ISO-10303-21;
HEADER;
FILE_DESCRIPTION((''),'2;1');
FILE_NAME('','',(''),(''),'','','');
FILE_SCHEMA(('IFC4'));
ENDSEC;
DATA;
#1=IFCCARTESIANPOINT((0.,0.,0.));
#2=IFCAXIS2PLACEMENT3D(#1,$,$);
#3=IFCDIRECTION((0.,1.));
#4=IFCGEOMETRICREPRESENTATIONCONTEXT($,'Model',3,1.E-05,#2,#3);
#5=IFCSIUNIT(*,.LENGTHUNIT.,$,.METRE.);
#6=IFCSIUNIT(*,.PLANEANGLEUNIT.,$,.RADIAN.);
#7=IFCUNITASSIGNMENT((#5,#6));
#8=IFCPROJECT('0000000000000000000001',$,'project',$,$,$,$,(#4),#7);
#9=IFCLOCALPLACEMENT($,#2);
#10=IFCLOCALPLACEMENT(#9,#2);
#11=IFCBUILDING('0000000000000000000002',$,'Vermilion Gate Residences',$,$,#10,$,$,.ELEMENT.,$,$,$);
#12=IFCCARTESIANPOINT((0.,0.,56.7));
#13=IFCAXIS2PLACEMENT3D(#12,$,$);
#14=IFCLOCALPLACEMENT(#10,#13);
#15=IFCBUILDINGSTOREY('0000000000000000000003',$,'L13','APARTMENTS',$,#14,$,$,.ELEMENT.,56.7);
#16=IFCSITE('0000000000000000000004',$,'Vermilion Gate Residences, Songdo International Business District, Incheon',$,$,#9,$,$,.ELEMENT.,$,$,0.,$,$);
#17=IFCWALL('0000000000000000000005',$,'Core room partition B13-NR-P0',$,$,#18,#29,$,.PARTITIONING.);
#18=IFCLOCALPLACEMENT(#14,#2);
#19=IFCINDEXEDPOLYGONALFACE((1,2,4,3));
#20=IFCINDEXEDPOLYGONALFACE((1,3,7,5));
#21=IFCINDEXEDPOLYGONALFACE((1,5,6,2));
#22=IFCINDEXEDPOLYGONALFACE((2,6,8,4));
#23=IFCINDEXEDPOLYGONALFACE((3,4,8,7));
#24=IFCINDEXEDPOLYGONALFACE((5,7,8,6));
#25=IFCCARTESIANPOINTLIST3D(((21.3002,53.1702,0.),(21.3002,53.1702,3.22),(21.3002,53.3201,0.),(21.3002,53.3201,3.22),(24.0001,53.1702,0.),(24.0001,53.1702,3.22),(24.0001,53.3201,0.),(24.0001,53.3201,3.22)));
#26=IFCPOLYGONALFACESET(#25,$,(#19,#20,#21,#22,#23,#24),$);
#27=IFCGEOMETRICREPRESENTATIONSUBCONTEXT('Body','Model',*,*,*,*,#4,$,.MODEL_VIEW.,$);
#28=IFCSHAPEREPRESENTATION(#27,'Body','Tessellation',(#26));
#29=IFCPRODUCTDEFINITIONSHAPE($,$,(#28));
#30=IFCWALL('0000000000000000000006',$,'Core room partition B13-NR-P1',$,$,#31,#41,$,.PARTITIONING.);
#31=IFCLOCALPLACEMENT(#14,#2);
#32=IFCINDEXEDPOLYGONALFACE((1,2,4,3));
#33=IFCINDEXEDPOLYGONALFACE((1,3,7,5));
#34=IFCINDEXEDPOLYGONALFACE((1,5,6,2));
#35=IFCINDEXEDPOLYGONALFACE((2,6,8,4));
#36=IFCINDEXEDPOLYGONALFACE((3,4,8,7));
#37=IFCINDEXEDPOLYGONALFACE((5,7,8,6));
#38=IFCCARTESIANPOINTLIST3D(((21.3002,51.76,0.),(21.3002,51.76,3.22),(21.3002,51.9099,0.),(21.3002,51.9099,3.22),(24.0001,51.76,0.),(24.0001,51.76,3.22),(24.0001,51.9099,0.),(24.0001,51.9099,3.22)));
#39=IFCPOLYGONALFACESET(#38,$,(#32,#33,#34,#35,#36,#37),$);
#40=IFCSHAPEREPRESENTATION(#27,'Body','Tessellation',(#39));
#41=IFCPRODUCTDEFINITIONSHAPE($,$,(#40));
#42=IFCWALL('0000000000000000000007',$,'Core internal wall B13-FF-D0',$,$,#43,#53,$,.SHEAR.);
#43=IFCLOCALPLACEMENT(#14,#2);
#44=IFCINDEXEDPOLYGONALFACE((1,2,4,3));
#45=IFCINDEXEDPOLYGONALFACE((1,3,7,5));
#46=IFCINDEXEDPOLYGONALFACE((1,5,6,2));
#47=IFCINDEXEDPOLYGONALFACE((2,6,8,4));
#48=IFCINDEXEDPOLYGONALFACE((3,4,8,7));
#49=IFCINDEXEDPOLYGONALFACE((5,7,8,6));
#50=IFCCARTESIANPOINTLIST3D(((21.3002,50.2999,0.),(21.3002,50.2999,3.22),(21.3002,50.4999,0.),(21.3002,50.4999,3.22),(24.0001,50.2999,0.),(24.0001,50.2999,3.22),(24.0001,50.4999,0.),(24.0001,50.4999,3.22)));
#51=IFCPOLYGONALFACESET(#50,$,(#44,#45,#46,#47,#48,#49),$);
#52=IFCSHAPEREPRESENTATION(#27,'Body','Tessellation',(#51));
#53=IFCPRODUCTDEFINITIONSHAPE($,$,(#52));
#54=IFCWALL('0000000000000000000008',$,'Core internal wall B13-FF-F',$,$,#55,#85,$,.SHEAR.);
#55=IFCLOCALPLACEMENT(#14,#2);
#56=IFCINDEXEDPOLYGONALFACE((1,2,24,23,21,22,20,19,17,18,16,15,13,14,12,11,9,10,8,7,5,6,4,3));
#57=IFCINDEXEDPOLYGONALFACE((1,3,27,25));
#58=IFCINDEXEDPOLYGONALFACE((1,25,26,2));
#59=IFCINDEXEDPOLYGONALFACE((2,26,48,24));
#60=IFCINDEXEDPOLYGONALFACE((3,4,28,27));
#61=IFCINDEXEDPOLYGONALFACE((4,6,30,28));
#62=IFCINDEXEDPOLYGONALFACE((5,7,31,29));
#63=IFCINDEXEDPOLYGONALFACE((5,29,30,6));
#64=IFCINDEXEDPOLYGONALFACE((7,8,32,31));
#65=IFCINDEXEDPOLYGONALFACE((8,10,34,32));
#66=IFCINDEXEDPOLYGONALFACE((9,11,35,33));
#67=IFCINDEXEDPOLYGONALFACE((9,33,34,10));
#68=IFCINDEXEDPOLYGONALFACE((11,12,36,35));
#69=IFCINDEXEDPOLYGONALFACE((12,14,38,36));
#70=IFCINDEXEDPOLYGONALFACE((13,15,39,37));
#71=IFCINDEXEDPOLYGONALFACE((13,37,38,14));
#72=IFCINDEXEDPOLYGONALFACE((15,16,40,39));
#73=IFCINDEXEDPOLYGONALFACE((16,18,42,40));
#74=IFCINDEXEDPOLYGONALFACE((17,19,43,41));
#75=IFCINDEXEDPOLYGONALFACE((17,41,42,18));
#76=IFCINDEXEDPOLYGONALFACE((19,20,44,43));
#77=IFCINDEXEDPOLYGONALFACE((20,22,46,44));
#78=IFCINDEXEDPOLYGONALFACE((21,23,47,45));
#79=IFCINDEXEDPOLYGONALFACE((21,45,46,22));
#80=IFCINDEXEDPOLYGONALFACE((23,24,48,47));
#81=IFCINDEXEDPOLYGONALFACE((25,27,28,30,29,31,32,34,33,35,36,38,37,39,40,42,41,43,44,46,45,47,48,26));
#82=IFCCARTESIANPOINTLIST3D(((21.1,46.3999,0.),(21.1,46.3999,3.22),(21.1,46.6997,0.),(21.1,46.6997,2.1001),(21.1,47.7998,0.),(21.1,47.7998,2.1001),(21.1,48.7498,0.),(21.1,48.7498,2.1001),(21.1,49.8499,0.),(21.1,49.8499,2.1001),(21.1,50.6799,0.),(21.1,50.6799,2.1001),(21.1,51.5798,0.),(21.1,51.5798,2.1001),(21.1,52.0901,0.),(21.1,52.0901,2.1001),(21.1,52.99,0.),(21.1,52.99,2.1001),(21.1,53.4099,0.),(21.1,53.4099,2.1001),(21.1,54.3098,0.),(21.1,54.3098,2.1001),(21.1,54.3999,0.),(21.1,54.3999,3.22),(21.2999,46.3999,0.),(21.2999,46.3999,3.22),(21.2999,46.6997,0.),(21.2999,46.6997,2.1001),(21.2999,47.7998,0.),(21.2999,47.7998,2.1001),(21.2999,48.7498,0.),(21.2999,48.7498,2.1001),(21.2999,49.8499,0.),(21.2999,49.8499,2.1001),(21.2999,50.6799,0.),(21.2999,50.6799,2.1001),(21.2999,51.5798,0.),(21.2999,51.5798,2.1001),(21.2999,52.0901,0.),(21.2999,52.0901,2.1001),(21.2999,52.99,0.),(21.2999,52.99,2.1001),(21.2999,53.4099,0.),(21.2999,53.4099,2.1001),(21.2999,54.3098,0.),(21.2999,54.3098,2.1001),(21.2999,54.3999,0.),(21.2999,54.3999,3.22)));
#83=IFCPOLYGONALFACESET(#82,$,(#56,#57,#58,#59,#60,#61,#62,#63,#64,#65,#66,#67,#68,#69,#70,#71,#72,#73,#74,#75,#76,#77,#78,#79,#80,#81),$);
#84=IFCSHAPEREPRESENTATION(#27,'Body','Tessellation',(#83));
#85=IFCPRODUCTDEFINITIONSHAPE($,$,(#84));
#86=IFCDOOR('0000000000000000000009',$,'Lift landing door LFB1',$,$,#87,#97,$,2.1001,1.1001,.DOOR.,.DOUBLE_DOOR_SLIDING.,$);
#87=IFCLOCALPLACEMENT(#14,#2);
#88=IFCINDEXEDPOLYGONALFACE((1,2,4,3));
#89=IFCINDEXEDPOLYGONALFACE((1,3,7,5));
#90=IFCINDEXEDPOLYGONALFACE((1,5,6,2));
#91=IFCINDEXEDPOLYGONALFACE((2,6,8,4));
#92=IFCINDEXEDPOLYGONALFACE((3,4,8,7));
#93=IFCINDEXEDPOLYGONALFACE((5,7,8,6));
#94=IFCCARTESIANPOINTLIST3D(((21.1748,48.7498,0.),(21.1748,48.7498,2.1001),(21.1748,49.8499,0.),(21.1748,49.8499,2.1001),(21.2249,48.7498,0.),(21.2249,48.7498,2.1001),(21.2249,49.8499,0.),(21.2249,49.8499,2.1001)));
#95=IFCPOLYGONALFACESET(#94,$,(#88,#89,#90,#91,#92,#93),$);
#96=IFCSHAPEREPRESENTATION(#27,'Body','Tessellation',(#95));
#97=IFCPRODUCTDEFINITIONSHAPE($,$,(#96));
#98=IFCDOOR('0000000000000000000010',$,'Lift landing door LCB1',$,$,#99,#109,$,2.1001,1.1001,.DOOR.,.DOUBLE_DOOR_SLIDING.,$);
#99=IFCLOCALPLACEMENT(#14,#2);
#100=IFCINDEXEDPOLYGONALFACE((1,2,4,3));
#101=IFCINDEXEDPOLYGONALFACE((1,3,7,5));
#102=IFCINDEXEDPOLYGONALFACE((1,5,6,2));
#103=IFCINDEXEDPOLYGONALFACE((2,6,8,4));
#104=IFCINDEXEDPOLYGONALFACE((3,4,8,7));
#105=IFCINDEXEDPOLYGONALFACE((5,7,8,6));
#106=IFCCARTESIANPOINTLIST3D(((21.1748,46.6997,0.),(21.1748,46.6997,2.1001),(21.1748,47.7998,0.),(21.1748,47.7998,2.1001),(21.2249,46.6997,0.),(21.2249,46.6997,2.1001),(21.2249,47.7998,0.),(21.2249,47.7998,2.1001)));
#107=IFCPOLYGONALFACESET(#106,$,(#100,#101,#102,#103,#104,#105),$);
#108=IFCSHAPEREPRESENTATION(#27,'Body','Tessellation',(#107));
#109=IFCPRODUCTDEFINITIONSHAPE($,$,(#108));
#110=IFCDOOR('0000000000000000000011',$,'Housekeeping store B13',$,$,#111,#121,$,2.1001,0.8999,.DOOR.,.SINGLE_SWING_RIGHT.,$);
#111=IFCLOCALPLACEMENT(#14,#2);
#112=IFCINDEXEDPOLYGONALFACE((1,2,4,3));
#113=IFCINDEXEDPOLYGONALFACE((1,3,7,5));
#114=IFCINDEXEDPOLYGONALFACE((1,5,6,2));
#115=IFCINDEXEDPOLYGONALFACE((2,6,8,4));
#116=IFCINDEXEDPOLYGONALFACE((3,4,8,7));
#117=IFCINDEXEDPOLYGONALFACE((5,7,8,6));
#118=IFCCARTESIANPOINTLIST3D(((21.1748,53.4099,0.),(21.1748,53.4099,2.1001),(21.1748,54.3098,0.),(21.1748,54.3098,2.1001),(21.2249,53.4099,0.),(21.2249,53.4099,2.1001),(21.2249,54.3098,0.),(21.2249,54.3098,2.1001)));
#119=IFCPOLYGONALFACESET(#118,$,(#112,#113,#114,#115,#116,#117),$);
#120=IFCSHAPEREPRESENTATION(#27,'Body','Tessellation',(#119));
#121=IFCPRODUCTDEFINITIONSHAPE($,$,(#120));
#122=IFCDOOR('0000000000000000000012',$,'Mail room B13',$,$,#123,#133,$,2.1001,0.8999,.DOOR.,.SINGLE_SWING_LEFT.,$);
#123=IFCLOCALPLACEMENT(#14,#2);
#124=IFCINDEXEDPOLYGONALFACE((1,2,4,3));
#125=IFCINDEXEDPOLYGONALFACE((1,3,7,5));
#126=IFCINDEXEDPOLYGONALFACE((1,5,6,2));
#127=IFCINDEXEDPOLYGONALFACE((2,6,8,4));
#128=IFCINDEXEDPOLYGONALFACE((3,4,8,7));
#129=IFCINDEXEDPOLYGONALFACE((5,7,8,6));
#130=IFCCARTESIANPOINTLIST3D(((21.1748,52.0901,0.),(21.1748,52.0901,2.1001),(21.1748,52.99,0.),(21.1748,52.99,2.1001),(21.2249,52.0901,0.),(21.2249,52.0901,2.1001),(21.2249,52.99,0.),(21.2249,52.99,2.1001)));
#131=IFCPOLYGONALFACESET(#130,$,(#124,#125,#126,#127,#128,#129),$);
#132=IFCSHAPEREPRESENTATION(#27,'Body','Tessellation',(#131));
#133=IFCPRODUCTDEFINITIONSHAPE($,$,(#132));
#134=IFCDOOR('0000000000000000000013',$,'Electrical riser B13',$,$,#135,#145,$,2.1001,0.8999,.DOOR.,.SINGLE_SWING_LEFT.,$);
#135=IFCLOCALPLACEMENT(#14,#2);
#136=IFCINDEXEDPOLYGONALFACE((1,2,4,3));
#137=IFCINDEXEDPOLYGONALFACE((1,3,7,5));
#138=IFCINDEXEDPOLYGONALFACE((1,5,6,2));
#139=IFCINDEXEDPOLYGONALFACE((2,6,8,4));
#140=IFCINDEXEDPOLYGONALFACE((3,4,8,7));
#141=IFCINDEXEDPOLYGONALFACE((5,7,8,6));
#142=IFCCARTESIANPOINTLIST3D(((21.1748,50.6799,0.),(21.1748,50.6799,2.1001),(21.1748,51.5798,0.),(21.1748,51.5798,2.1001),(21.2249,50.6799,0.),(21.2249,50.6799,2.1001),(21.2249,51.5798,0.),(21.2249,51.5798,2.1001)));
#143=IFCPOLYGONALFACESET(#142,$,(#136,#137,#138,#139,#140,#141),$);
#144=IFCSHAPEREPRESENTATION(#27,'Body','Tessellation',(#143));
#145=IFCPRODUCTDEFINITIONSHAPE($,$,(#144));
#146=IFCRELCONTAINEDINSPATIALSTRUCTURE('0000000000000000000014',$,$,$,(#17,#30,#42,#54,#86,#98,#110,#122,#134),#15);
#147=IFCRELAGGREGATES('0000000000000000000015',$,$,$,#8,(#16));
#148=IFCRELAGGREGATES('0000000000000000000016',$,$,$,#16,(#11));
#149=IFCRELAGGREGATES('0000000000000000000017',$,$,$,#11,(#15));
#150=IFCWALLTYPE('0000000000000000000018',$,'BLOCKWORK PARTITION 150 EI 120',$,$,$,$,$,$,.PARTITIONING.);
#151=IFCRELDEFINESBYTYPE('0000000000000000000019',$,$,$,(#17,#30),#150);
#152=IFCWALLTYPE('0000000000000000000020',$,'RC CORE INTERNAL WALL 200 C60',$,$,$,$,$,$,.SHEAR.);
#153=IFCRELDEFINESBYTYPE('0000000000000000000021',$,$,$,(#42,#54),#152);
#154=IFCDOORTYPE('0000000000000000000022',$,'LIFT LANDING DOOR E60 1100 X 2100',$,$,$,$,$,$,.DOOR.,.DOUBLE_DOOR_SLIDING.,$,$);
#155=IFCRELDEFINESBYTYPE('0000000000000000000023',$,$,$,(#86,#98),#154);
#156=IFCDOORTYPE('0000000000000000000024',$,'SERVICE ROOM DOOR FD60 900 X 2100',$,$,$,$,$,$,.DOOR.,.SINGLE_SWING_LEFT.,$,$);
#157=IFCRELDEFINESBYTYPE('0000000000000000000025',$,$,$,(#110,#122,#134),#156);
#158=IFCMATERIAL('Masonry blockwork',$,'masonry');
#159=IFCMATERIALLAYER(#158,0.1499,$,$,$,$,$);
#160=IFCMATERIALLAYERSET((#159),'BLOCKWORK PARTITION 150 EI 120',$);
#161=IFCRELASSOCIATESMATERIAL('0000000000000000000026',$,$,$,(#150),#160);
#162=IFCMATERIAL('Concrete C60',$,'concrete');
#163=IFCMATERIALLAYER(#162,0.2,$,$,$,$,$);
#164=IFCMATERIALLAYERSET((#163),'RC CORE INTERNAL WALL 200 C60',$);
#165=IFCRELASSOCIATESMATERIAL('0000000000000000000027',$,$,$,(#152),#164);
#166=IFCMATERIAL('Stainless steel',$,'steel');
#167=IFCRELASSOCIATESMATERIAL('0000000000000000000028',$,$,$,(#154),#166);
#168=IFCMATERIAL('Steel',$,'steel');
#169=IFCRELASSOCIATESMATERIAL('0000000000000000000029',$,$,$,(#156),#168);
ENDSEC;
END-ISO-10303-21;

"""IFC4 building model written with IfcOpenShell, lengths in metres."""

from ifc_helpers import new_model, si_unit, direction, frame, frame_2d, origin, place, context, subcontext, project, spatial, rectangle, extrude, material, layer, layer_set, type_object, element, fill, save


model = new_model("IFC4")

# Units and contexts
model_context = context("Model", 3, precision=1e-05, world=origin(), true_north=direction((0.0, 1.0)))
body_context = subcontext(model_context, "Body", "Model", "MODEL_VIEW")
ifc_project = project(units=[si_unit("LENGTHUNIT", "METRE"), si_unit("PLANEANGLEUNIT", "RADIAN")], contexts=[model_context])

# Site, building, storey
site_placement = place(None, origin())
site = spatial("IfcSite", under=ifc_project, at=site_placement, Name="Vermilion Gate Residences, Songdo International Business District, Incheon", CompositionType="ELEMENT", RefElevation=0.0)
building_placement = place(site_placement, origin())
building = spatial("IfcBuilding", under=site, at=building_placement, Name="Vermilion Gate Residences", CompositionType="ELEMENT")
storey_placement = place(building_placement, frame((0.0, 0.0, 56.7)))
storey = spatial("IfcBuildingStorey", under=building, at=storey_placement, Name="L13", Description="APARTMENTS", CompositionType="ELEMENT", Elevation=56.7)

# Walls
ifc_material_1 = material(Name="Masonry blockwork", Category="masonry")
ifc_layer_1 = layer(ifc_material_1, 0.1499)
ifc_layer_set_1 = layer_set([ifc_layer_1], Name="BLOCKWORK PARTITION 150 EI 120")
wall_type_1 = type_object("IfcWallType", Name="BLOCKWORK PARTITION 150 EI 120", PredefinedType="PARTITIONING", material=ifc_layer_set_1)
for number, where, z_axis, x_axis, name in (
    (1, (21.3, 53.2451, 0.0), (0.0, 0.0, 1.0), (1.0, 0.0, 0.0), "Core room partition B13-NR-P0"),
    (2, (21.3, 51.835, 0.0), (0.0, 0.0, 1.0), (1.0, 0.0, 0.0), "Core room partition B13-NR-P1"),
):
    element("IfcWall", number, at=place(storey_placement, frame(where, z_axis=z_axis, x_axis=x_axis)), inside=storey, type_object=wall_type_1, Name=name, PredefinedType="PARTITIONING", context=body_context, shape_type="SweptSolid", body=[
        extrude(rectangle(XDim=2.7, YDim=0.1499, at=frame_2d((1.3501, 0.0))), origin(), (0.0, 0.0, 1.0), 3.22),
    ])
ifc_material_2 = material(Name="Concrete C60", Category="concrete")
ifc_layer_2 = layer(ifc_material_2, 0.2)
ifc_layer_set_2 = layer_set([ifc_layer_2], Name="RC CORE INTERNAL WALL 200 C60")
wall_type_2 = type_object("IfcWallType", Name="RC CORE INTERNAL WALL 200 C60", PredefinedType="SHEAR", material=ifc_layer_set_2)
wall_1_placement = place(storey_placement, frame((21.3, 50.3999, 0.0), z_axis=(0.0, 0.0, 1.0), x_axis=(1.0, 0.0, 0.0)))
element("IfcWall", 3, at=wall_1_placement, inside=storey, type_object=wall_type_2, Name="Core internal wall B13-FF-D0", PredefinedType="SHEAR", context=body_context, shape_type="SweptSolid", body=[
    extrude(rectangle(XDim=2.7, YDim=0.2, at=frame_2d((1.3501, 0.0))), origin(), (0.0, 0.0, 1.0), 3.22),
])

# Wall, openings, doors
wall_2_placement = place(storey_placement, frame((21.2, 54.3999, 0.0), z_axis=(0.0, 0.0, 1.0), x_axis=(0.0, -1.0, 0.0)))
wall_2 = element("IfcWall", 4, at=wall_2_placement, inside=storey, type_object=wall_type_2, Name="Core internal wall B13-FF-F", PredefinedType="SHEAR", context=body_context, shape_type="SweptSolid", body=[
    extrude(rectangle(XDim=8.0, YDim=0.2, at=frame_2d((4.0, 0.0))), origin(), (0.0, 0.0, 1.0), 3.22),
])
opening_1_placement = place(wall_2_placement, frame((0.0901, 0.0, 0.0)))
opening_1 = element("IfcOpeningElement", 5, at=opening_1_placement, cuts=wall_2, PredefinedType="OPENING", context=body_context, shape_type="SweptSolid", body=[
    extrude(rectangle(XDim=0.8999, YDim=2.1001, at=frame_2d((0.45, 1.05))), frame((0.0, 0.1099, 0.0), z_axis=(0.0, -1.0, 0.0), x_axis=(1.0, 0.0, 0.0)), (0.0, 0.0, 1.0), 0.22),
])
opening_2_placement = place(wall_2_placement, frame((1.4099, 0.0, 0.0)))
opening_2 = element("IfcOpeningElement", 6, at=opening_2_placement, cuts=wall_2, PredefinedType="OPENING", context=body_context, shape_type="SweptSolid", body=[
    extrude(rectangle(XDim=0.8999, YDim=2.1001, at=frame_2d((0.45, 1.05))), frame((0.0, 0.1099, 0.0), z_axis=(0.0, -1.0, 0.0), x_axis=(1.0, 0.0, 0.0)), (0.0, 0.0, 1.0), 0.22),
])
opening_3_placement = place(wall_2_placement, frame((2.8201, 0.0, 0.0)))
opening_3 = element("IfcOpeningElement", 7, at=opening_3_placement, cuts=wall_2, PredefinedType="OPENING", context=body_context, shape_type="SweptSolid", body=[
    extrude(rectangle(XDim=0.8999, YDim=2.1001, at=frame_2d((0.45, 1.05))), frame((0.0, 0.1099, 0.0), z_axis=(0.0, -1.0, 0.0), x_axis=(1.0, 0.0, 0.0)), (0.0, 0.0, 1.0), 0.22),
])
opening_4_placement = place(wall_2_placement, frame((4.55, 0.0, 0.0)))
opening_4 = element("IfcOpeningElement", 8, at=opening_4_placement, cuts=wall_2, PredefinedType="OPENING", context=body_context, shape_type="SweptSolid", body=[
    extrude(rectangle(XDim=1.1001, YDim=2.1001, at=frame_2d((0.55, 1.05))), frame((0.0, 0.1099, 0.0), z_axis=(0.0, -1.0, 0.0), x_axis=(1.0, 0.0, 0.0)), (0.0, 0.0, 1.0), 0.22),
])
opening_5_placement = place(wall_2_placement, frame((6.6001, 0.0, 0.0)))
opening_5 = element("IfcOpeningElement", 9, at=opening_5_placement, cuts=wall_2, PredefinedType="OPENING", context=body_context, shape_type="SweptSolid", body=[
    extrude(rectangle(XDim=1.1001, YDim=2.1001, at=frame_2d((0.55, 1.05))), frame((0.0, 0.1099, 0.0), z_axis=(0.0, -1.0, 0.0), x_axis=(1.0, 0.0, 0.0)), (0.0, 0.0, 1.0), 0.22),
])
ifc_material_3 = material(Name="Stainless steel", Category="steel")
door_type_1 = type_object("IfcDoorType", Name="LIFT LANDING DOOR E60 1100 X 2100", OperationType="DOUBLE_DOOR_SLIDING", PredefinedType="DOOR", material=ifc_material_3)
door_1_placement = place(opening_4_placement, origin())
door_1 = element("IfcDoor", 10, at=door_1_placement, inside=storey, type_object=door_type_1, Name="Lift landing door LFB1", OperationType="DOUBLE_DOOR_SLIDING", OverallHeight=2.1001, OverallWidth=1.1001, PredefinedType="DOOR", context=body_context, shape_type="SweptSolid", body=[
    extrude(rectangle(XDim=1.1001, YDim=2.1001, at=frame_2d((0.55, 1.05))), frame((0.0, 0.0249, 0.0), z_axis=(0.0, -1.0, 0.0), x_axis=(1.0, 0.0, 0.0)), (0.0, 0.0, 1.0), 0.05),
])
fill(opening_4, door_1)
door_2_placement = place(opening_5_placement, origin())
door_2 = element("IfcDoor", 11, at=door_2_placement, inside=storey, type_object=door_type_1, Name="Lift landing door LCB1", OperationType="DOUBLE_DOOR_SLIDING", OverallHeight=2.1001, OverallWidth=1.1001, PredefinedType="DOOR", context=body_context, shape_type="SweptSolid", body=[
    extrude(rectangle(XDim=1.1001, YDim=2.1001, at=frame_2d((0.55, 1.05))), frame((0.0, 0.0249, 0.0), z_axis=(0.0, -1.0, 0.0), x_axis=(1.0, 0.0, 0.0)), (0.0, 0.0, 1.0), 0.05),
])
fill(opening_5, door_2)
ifc_material_4 = material(Name="Steel", Category="steel")
door_type_2 = type_object("IfcDoorType", Name="SERVICE ROOM DOOR FD60 900 X 2100", OperationType="SINGLE_SWING_LEFT", PredefinedType="DOOR", material=ifc_material_4)
door_3_placement = place(opening_1_placement, origin())
door_3 = element("IfcDoor", 12, at=door_3_placement, inside=storey, type_object=door_type_2, Name="Housekeeping store B13", OperationType="SINGLE_SWING_RIGHT", OverallHeight=2.1001, OverallWidth=0.8999, PredefinedType="DOOR", context=body_context, shape_type="SweptSolid", body=[
    extrude(rectangle(XDim=0.8999, YDim=2.1001, at=frame_2d((0.45, 1.05))), frame((0.0, 0.0249, 0.0), z_axis=(0.0, -1.0, 0.0), x_axis=(1.0, 0.0, 0.0)), (0.0, 0.0, 1.0), 0.05),
])
fill(opening_1, door_3)
door_4_placement = place(opening_2_placement, origin())
door_4 = element("IfcDoor", 13, at=door_4_placement, inside=storey, type_object=door_type_2, Name="Mail room B13", OperationType="SINGLE_SWING_LEFT", OverallHeight=2.1001, OverallWidth=0.8999, PredefinedType="DOOR", context=body_context, shape_type="SweptSolid", body=[
    extrude(rectangle(XDim=0.8999, YDim=2.1001, at=frame_2d((0.45, 1.05))), frame((0.0, 0.0249, 0.0), z_axis=(0.0, -1.0, 0.0), x_axis=(1.0, 0.0, 0.0)), (0.0, 0.0, 1.0), 0.05),
])
fill(opening_2, door_4)
door_5_placement = place(opening_3_placement, origin())
door_5 = element("IfcDoor", 14, at=door_5_placement, inside=storey, type_object=door_type_2, Name="Electrical riser B13", OperationType="SINGLE_SWING_LEFT", OverallHeight=2.1001, OverallWidth=0.8999, PredefinedType="DOOR", context=body_context, shape_type="SweptSolid", body=[
    extrude(rectangle(XDim=0.8999, YDim=2.1001, at=frame_2d((0.45, 1.05))), frame((0.0, 0.0249, 0.0), z_axis=(0.0, -1.0, 0.0), x_axis=(1.0, 0.0, 0.0)), (0.0, 0.0, 1.0), 0.05),
])
fill(opening_3, door_5)

save(model, "model.ifc")
